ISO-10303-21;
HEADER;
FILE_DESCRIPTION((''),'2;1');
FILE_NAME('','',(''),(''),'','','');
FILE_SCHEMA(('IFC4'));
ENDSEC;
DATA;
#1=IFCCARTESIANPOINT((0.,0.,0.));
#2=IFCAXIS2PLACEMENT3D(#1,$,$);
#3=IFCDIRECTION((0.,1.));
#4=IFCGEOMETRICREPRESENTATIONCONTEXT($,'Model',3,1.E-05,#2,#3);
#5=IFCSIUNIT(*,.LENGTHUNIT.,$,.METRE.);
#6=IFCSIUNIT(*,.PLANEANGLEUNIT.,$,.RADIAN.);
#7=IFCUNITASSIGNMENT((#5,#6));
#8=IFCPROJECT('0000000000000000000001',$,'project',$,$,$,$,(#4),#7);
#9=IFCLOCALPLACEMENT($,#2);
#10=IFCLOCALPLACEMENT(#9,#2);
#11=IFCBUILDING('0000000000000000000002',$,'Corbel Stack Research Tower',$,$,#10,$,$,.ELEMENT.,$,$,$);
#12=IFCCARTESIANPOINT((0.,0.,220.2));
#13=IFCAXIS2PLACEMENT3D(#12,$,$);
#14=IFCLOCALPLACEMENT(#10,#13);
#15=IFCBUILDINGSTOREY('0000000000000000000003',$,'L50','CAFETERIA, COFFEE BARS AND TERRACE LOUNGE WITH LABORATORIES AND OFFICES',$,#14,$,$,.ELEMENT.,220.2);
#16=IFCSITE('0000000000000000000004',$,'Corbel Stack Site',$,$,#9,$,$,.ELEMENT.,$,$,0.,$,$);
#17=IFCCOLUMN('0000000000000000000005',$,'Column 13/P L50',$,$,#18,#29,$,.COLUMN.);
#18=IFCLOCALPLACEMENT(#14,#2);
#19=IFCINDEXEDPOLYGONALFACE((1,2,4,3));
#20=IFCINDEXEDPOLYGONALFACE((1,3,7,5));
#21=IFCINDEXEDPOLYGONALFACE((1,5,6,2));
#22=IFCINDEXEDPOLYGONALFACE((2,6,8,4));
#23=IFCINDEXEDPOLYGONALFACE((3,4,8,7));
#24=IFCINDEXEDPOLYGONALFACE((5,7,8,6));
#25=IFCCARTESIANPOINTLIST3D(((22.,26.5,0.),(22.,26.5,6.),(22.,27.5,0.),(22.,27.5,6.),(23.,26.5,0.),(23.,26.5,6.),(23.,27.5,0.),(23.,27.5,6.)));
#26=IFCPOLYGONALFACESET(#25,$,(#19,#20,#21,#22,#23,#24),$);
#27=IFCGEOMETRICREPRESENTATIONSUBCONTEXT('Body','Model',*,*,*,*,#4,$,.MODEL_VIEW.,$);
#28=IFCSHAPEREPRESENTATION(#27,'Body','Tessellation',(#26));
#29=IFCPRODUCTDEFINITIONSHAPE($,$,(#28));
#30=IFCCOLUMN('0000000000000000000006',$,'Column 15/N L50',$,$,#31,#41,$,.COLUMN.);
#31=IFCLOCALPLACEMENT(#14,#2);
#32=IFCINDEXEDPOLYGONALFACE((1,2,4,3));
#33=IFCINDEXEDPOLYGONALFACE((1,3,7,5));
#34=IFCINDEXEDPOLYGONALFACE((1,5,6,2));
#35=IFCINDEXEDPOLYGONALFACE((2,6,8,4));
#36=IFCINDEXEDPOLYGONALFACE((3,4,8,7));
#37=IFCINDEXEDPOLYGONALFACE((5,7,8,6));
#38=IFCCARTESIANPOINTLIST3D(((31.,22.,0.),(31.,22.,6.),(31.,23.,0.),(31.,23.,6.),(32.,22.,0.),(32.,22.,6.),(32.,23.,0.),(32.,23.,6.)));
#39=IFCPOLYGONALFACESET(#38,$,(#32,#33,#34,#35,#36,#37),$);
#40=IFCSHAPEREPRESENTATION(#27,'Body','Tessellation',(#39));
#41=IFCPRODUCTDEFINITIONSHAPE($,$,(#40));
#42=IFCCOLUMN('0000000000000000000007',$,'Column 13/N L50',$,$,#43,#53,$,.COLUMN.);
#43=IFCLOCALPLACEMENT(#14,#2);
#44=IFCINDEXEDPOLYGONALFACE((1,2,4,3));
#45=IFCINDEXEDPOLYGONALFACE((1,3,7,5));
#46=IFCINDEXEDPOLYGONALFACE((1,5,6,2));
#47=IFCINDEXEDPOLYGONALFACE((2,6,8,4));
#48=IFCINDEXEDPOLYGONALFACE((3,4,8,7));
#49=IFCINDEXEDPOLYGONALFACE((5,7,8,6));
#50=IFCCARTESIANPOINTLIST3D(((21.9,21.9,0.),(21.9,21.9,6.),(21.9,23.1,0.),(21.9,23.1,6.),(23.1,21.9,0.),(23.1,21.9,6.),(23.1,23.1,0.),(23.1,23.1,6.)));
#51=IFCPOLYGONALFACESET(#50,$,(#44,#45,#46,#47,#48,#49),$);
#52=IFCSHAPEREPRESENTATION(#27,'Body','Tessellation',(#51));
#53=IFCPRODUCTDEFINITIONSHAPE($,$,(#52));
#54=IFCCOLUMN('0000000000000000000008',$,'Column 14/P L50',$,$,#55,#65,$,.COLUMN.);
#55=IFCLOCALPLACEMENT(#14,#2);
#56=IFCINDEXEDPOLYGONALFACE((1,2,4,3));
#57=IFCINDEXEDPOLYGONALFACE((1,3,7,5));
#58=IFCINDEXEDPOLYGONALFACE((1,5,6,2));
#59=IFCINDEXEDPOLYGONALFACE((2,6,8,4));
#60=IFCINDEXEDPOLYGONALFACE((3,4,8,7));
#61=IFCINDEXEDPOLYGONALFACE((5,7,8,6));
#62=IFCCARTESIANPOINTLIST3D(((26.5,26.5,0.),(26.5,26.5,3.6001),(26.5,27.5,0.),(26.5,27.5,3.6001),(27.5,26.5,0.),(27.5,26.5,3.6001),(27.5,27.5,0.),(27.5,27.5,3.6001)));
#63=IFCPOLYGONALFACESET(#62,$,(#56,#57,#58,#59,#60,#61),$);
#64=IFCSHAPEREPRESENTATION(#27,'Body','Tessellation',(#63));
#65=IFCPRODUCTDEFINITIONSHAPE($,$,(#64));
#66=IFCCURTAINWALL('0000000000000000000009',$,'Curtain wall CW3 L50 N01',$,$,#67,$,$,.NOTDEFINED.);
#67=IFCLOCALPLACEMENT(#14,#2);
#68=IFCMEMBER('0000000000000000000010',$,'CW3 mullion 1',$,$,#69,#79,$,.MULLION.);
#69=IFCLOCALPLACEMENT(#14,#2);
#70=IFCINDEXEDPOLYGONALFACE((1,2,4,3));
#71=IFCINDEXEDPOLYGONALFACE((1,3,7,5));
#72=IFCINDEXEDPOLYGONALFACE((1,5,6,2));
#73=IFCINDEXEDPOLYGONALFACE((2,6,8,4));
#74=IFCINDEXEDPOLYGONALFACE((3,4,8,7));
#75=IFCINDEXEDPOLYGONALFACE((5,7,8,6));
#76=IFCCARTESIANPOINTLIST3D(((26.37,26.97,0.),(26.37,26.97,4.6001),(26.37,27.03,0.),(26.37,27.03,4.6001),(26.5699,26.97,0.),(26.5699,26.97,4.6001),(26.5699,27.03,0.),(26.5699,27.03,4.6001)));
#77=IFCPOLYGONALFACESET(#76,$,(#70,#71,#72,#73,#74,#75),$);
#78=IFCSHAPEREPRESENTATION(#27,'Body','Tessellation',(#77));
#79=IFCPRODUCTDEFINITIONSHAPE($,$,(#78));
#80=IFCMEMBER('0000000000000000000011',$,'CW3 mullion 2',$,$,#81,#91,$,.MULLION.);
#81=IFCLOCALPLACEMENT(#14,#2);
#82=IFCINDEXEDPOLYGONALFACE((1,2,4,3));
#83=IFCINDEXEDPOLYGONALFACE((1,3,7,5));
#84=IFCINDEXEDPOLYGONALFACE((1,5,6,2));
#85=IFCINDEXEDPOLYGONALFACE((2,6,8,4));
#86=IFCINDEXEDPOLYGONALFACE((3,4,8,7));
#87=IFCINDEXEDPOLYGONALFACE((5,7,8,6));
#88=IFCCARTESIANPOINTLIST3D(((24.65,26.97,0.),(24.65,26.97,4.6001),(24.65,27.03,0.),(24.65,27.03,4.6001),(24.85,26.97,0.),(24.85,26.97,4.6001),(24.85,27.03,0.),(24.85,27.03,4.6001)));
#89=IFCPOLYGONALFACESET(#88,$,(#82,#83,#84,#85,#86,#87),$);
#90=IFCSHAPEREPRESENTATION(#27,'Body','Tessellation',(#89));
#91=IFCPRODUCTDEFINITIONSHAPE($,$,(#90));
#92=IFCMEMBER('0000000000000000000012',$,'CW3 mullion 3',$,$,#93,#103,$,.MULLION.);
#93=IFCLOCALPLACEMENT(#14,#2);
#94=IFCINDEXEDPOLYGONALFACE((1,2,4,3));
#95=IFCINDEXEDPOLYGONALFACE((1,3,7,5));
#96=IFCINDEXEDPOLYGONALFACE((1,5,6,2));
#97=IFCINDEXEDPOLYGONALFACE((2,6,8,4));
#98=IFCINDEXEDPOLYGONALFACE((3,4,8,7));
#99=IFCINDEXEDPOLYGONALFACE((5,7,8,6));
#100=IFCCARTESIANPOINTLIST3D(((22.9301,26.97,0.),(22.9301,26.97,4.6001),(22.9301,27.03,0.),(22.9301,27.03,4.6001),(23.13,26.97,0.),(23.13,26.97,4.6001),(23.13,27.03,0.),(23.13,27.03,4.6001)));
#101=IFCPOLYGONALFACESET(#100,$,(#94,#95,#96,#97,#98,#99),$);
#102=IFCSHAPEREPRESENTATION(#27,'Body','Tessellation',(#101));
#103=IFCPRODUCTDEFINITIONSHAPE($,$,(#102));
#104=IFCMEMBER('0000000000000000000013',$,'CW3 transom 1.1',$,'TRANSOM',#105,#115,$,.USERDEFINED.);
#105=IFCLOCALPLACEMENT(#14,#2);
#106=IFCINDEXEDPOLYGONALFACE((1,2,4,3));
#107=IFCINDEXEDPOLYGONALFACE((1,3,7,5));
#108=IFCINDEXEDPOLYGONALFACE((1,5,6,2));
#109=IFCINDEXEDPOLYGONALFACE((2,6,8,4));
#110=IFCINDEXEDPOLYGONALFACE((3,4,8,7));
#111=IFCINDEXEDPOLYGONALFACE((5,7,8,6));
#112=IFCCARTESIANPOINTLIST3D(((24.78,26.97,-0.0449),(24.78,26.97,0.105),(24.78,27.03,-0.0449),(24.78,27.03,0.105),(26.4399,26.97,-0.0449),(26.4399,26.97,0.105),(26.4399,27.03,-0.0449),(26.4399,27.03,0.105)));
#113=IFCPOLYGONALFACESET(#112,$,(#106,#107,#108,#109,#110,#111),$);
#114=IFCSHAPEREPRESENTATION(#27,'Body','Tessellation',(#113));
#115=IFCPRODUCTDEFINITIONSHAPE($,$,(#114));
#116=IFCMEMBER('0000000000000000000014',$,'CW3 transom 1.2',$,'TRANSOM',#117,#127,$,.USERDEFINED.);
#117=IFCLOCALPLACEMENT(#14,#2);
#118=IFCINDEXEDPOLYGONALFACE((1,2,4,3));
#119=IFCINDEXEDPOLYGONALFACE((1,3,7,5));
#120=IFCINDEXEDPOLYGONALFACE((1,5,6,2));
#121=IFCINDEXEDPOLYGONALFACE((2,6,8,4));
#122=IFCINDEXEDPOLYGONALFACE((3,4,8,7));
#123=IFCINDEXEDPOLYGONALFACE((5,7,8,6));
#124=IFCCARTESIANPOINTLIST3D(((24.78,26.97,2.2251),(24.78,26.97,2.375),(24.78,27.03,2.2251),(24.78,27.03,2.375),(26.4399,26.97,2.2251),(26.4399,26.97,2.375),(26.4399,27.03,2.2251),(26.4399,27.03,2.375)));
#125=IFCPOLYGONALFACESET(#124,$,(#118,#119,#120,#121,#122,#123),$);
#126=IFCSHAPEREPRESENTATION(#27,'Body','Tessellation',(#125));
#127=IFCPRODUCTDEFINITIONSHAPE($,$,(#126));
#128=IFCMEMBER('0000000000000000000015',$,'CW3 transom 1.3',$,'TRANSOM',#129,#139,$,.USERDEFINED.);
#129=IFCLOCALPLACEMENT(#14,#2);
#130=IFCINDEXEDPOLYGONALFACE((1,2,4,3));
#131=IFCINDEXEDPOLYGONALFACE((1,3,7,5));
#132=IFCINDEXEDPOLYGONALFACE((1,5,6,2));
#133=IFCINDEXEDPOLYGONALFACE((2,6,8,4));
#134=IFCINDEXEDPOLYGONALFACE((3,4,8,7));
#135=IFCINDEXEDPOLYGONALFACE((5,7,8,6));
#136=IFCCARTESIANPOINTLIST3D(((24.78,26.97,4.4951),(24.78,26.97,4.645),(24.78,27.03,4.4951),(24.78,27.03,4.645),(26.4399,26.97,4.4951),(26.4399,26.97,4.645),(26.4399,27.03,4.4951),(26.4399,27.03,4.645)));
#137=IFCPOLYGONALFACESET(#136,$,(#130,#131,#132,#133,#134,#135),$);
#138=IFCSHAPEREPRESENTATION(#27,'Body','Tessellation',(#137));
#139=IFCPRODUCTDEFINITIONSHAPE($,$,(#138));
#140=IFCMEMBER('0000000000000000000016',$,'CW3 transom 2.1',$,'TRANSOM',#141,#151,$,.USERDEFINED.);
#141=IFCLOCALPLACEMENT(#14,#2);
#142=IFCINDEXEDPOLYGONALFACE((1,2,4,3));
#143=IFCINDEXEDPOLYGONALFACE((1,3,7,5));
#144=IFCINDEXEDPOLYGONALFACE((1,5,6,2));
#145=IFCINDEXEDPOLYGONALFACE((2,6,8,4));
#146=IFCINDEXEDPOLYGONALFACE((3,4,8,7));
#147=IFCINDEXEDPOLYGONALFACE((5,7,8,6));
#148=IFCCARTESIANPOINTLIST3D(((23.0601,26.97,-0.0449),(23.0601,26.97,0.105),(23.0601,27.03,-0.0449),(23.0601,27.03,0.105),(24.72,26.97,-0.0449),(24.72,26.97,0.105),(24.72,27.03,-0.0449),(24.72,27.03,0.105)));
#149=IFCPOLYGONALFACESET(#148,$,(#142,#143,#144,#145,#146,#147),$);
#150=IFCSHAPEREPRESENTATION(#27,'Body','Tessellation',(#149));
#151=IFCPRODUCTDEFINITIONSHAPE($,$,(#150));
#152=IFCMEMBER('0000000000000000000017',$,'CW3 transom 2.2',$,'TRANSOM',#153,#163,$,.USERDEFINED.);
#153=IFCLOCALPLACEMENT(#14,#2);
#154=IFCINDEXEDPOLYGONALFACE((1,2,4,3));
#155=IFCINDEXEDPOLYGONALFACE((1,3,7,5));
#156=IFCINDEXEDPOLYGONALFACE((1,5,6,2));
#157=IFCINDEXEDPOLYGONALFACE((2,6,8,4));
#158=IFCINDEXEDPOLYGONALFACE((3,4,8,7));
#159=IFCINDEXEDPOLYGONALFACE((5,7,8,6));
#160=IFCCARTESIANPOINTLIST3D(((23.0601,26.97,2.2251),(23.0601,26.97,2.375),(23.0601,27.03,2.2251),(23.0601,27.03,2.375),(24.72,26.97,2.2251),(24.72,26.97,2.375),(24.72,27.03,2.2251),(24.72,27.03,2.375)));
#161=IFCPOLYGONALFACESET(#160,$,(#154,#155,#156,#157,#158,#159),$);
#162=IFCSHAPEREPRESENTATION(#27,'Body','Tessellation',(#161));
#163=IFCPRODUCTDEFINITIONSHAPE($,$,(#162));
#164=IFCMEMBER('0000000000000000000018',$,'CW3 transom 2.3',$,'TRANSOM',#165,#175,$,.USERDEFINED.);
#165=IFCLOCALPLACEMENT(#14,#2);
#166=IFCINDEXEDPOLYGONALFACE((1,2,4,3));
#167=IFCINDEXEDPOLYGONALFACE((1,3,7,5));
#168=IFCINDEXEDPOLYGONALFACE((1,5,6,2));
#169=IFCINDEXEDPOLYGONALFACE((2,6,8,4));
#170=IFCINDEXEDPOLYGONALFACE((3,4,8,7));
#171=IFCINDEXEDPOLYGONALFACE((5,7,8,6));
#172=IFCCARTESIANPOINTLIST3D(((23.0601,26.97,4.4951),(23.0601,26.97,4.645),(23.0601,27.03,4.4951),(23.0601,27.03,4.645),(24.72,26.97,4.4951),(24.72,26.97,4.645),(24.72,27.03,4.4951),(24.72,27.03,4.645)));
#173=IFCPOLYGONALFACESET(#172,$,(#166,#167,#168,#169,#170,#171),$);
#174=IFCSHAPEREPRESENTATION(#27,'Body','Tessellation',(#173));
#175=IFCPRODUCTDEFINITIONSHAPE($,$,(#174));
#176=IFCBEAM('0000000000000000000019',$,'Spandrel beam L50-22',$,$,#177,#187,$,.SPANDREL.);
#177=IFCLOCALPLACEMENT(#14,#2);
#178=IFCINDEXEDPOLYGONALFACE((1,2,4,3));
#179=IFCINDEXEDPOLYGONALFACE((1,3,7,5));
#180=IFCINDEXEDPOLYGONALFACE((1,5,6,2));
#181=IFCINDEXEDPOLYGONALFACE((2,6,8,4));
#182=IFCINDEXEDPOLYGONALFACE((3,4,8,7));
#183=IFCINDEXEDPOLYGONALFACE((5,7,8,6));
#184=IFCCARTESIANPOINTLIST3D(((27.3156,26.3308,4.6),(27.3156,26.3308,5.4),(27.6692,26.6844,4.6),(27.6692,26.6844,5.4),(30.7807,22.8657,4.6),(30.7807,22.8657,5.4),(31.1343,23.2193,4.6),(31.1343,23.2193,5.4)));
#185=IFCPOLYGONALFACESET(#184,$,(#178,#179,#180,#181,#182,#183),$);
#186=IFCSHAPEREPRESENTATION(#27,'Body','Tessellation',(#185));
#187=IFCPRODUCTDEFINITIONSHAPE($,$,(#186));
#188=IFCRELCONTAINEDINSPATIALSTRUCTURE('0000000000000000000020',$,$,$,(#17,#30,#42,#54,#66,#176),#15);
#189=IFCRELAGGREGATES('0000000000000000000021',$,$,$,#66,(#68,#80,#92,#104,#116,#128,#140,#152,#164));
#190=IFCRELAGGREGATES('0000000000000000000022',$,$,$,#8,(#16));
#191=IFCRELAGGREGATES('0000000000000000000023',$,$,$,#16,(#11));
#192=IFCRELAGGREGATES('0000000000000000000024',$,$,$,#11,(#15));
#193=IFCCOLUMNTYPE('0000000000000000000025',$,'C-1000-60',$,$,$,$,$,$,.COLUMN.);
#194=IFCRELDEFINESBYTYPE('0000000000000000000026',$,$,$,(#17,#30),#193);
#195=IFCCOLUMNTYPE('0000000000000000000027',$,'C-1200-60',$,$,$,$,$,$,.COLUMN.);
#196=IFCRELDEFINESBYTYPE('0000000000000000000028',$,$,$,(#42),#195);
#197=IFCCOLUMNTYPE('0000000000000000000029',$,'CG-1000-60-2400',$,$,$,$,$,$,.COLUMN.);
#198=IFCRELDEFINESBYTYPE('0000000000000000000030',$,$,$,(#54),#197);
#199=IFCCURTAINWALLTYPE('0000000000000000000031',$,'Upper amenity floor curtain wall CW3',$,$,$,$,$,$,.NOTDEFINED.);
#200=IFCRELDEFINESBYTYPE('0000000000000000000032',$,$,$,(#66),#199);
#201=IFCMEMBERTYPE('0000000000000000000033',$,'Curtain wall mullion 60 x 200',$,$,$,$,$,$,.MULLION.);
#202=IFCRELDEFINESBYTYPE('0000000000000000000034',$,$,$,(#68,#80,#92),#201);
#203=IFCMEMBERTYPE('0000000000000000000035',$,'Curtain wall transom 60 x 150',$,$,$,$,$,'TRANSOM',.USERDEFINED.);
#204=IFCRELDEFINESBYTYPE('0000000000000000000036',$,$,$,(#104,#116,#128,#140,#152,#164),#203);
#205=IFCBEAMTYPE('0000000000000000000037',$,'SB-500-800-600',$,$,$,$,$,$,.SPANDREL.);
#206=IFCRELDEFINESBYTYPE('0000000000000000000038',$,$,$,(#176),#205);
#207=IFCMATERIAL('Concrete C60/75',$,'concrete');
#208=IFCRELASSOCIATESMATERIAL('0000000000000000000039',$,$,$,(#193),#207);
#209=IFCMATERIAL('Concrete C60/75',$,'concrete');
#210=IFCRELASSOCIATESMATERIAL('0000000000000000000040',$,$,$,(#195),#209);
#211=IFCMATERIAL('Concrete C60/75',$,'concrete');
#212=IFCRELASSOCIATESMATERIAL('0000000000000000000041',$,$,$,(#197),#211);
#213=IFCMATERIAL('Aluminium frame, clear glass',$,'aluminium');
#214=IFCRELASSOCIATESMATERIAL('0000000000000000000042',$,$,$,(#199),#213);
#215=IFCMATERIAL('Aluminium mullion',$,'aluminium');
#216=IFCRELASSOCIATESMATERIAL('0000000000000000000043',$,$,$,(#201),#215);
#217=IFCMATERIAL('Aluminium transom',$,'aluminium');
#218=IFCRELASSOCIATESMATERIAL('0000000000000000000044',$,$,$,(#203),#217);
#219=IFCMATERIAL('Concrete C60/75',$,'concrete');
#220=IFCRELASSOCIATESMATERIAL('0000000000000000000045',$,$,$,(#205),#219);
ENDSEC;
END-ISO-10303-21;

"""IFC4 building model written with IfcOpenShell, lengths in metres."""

from ifc_helpers import new_model, si_unit, direction, frame, origin, origin_2d, place, context, subcontext, project, spatial, rectangle, extrude, material, material_profile, profile_set, type_object, element, aggregate, save


model = new_model("IFC4")

# Units and contexts
model_context = context("Model", 3, precision=1e-05, world=origin(), true_north=direction((0.0, 1.0)))
body_context = subcontext(model_context, "Body", "Model", "MODEL_VIEW")
ifc_project = project(units=[si_unit("LENGTHUNIT", "METRE"), si_unit("PLANEANGLEUNIT", "RADIAN")], contexts=[model_context])

# Site, building, storey
site_placement = place(None, origin())
site = spatial("IfcSite", under=ifc_project, at=site_placement, Name="Corbel Stack Site", CompositionType="ELEMENT", RefElevation=0.0)
building_placement = place(site_placement, origin())
building = spatial("IfcBuilding", under=site, at=building_placement, Name="Corbel Stack Research Tower", CompositionType="ELEMENT")
storey_placement = place(building_placement, frame((0.0, 0.0, 220.2)))
storey = spatial("IfcBuildingStorey", under=building, at=storey_placement, Name="L50", Description="CAFETERIA, COFFEE BARS AND TERRACE LOUNGE WITH LABORATORIES AND OFFICES", CompositionType="ELEMENT", Elevation=220.2)

# Columns
ifc_material_1 = material(Name="Concrete C60/75", Category="concrete")
ifc_material_profile_1 = material_profile(ifc_material_1, rectangle(XDim=1.0, YDim=1.0, at=origin_2d()), Name="RC 1000 x 1000")
ifc_profile_set_1 = profile_set([ifc_material_profile_1], Name="Concrete C60/75")
column_type_1 = type_object("IfcColumnType", Name="C-1000-60", PredefinedType="COLUMN", material=ifc_profile_set_1)
for number, where, z_axis, x_axis, name in (
    (1, (22.5, 27.0, 0.0), (0.0, 0.0, 1.0), (1.0, 0.0, 0.0), "Column 13/P L50"),
    (2, (31.5, 22.5, 0.0), (0.0, 0.0, 1.0), (1.0, 0.0, 0.0), "Column 15/N L50"),
):
    element("IfcColumn", number, at=place(storey_placement, frame(where, z_axis=z_axis, x_axis=x_axis)), inside=storey, type_object=column_type_1, Name=name, PredefinedType="COLUMN", context=body_context, shape_type="SweptSolid", body=[
        extrude(rectangle(XDim=1.0, YDim=1.0, at=origin_2d()), origin(), (0.0, 0.0, 1.0), 6.0),
    ])
ifc_material_2 = material(Name="Concrete C60/75", Category="concrete")
ifc_material_profile_2 = material_profile(ifc_material_2, rectangle(XDim=1.2, YDim=1.2, at=origin_2d()), Name="RC 1200 x 1200")
ifc_profile_set_2 = profile_set([ifc_material_profile_2], Name="Concrete C60/75")
column_type_2 = type_object("IfcColumnType", Name="C-1200-60", PredefinedType="COLUMN", material=ifc_profile_set_2)
column_1_placement = place(storey_placement, frame((22.5, 22.5, 0.0), z_axis=(0.0, 0.0, 1.0), x_axis=(1.0, 0.0, 0.0)))
element("IfcColumn", 3, at=column_1_placement, inside=storey, type_object=column_type_2, Name="Column 13/N L50", PredefinedType="COLUMN", context=body_context, shape_type="SweptSolid", body=[
    extrude(rectangle(XDim=1.2, YDim=1.2, at=origin_2d()), origin(), (0.0, 0.0, 1.0), 6.0),
])
ifc_material_3 = material(Name="Concrete C60/75", Category="concrete")
ifc_material_profile_3 = material_profile(ifc_material_3, rectangle(XDim=1.0, YDim=1.0, at=origin_2d()), Name="RC 1000 x 1000")
ifc_profile_set_3 = profile_set([ifc_material_profile_3], Name="Concrete C60/75")
column_type_3 = type_object("IfcColumnType", Name="CG-1000-60-2400", PredefinedType="COLUMN", material=ifc_profile_set_3)
column_2_placement = place(storey_placement, frame((27.0, 27.0, 0.0), z_axis=(0.0, 0.0, 1.0), x_axis=(1.0, 0.0, 0.0)))
element("IfcColumn", 4, at=column_2_placement, inside=storey, type_object=column_type_3, Name="Column 14/P L50", PredefinedType="COLUMN", context=body_context, shape_type="SweptSolid", body=[
    extrude(rectangle(XDim=1.0, YDim=1.0, at=origin_2d()), origin(), (0.0, 0.0, 1.0), 3.6001),
])

# Curtain wall, members
ifc_material_4 = material(Name="Aluminium frame, clear glass", Category="aluminium")
curtain_wall_type = type_object("IfcCurtainWallType", Name="Upper amenity floor curtain wall CW3", PredefinedType="NOTDEFINED", material=ifc_material_4)
curtain_wall_placement = place(storey_placement, origin())
curtain_wall = element("IfcCurtainWall", 5, at=curtain_wall_placement, inside=storey, type_object=curtain_wall_type, Name="Curtain wall CW3 L50 N01", PredefinedType="NOTDEFINED")
ifc_material_5 = material(Name="Aluminium mullion", Category="aluminium")
ifc_material_profile_4 = material_profile(ifc_material_5, rectangle(XDim=0.0601, YDim=0.2, at=origin_2d()), Name="Mullion 60 x 200")
ifc_profile_set_4 = profile_set([ifc_material_profile_4], Name="Aluminium mullion")
member_type_1 = type_object("IfcMemberType", Name="Curtain wall mullion 60 x 200", PredefinedType="MULLION", material=ifc_profile_set_4)
member_1_placement = place(storey_placement, frame((26.47, 27.0, 0.0), z_axis=(0.0, 0.0, 1.0), x_axis=(0.0, -1.0, 0.0)))
member_1 = element("IfcMember", 6, at=member_1_placement, type_object=member_type_1, Name="CW3 mullion 1", PredefinedType="MULLION", context=body_context, shape_type="SweptSolid", body=[
    extrude(rectangle(XDim=0.0601, YDim=0.2, at=origin_2d()), origin(), (0.0, 0.0, 1.0), 4.6001),
])
member_2_placement = place(storey_placement, frame((24.75, 27.0, 0.0), z_axis=(0.0, 0.0, 1.0), x_axis=(0.0, -1.0, 0.0)))
member_2 = element("IfcMember", 7, at=member_2_placement, type_object=member_type_1, Name="CW3 mullion 2", PredefinedType="MULLION", context=body_context, shape_type="SweptSolid", body=[
    extrude(rectangle(XDim=0.0601, YDim=0.2, at=origin_2d()), origin(), (0.0, 0.0, 1.0), 4.6001),
])
member_3_placement = place(storey_placement, frame((23.03, 27.0, 0.0), z_axis=(0.0, 0.0, 1.0), x_axis=(0.0, -1.0, 0.0)))
member_3 = element("IfcMember", 8, at=member_3_placement, type_object=member_type_1, Name="CW3 mullion 3", PredefinedType="MULLION", context=body_context, shape_type="SweptSolid", body=[
    extrude(rectangle(XDim=0.0601, YDim=0.2, at=origin_2d()), origin(), (0.0, 0.0, 1.0), 4.6001),
])
ifc_material_6 = material(Name="Aluminium transom", Category="aluminium")
ifc_material_profile_5 = material_profile(ifc_material_6, rectangle(XDim=0.0601, YDim=0.1499, at=origin_2d()), Name="Transom 60 x 150")
ifc_profile_set_5 = profile_set([ifc_material_profile_5], Name="Aluminium transom")
member_type_2 = type_object("IfcMemberType", Name="Curtain wall transom 60 x 150", ElementType="TRANSOM", PredefinedType="USERDEFINED", material=ifc_profile_set_5)
member_4_placement = place(storey_placement, frame((26.4399, 27.0, 0.03), z_axis=(-1.0, 0.0, 0.0), x_axis=(0.0, -1.0, 0.0)))
member_4 = element("IfcMember", 9, at=member_4_placement, type_object=member_type_2, Name="CW3 transom 1.1", ObjectType="TRANSOM", PredefinedType="USERDEFINED", context=body_context, shape_type="SweptSolid", body=[
    extrude(rectangle(XDim=0.0601, YDim=0.1499, at=origin_2d()), origin(), (0.0, 0.0, 1.0), 1.6599),
])
member_5_placement = place(storey_placement, frame((26.4399, 27.0, 2.3), z_axis=(-1.0, 0.0, 0.0), x_axis=(0.0, -1.0, 0.0)))
member_5 = element("IfcMember", 10, at=member_5_placement, type_object=member_type_2, Name="CW3 transom 1.2", ObjectType="TRANSOM", PredefinedType="USERDEFINED", context=body_context, shape_type="SweptSolid", body=[
    extrude(rectangle(XDim=0.0601, YDim=0.1499, at=origin_2d()), origin(), (0.0, 0.0, 1.0), 1.6599),
])
member_6_placement = place(storey_placement, frame((26.4399, 27.0, 4.5701), z_axis=(-1.0, 0.0, 0.0), x_axis=(0.0, -1.0, 0.0)))
member_6 = element("IfcMember", 11, at=member_6_placement, type_object=member_type_2, Name="CW3 transom 1.3", ObjectType="TRANSOM", PredefinedType="USERDEFINED", context=body_context, shape_type="SweptSolid", body=[
    extrude(rectangle(XDim=0.0601, YDim=0.1499, at=origin_2d()), origin(), (0.0, 0.0, 1.0), 1.6599),
])
member_7_placement = place(storey_placement, frame((24.72, 27.0, 0.03), z_axis=(-1.0, 0.0, 0.0), x_axis=(0.0, -1.0, 0.0)))
member_7 = element("IfcMember", 12, at=member_7_placement, type_object=member_type_2, Name="CW3 transom 2.1", ObjectType="TRANSOM", PredefinedType="USERDEFINED", context=body_context, shape_type="SweptSolid", body=[
    extrude(rectangle(XDim=0.0601, YDim=0.1499, at=origin_2d()), origin(), (0.0, 0.0, 1.0), 1.6599),
])
member_8_placement = place(storey_placement, frame((24.72, 27.0, 2.3), z_axis=(-1.0, 0.0, 0.0), x_axis=(0.0, -1.0, 0.0)))
member_8 = element("IfcMember", 13, at=member_8_placement, type_object=member_type_2, Name="CW3 transom 2.2", ObjectType="TRANSOM", PredefinedType="USERDEFINED", context=body_context, shape_type="SweptSolid", body=[
    extrude(rectangle(XDim=0.0601, YDim=0.1499, at=origin_2d()), origin(), (0.0, 0.0, 1.0), 1.6599),
])
member_9_placement = place(storey_placement, frame((24.72, 27.0, 4.5701), z_axis=(-1.0, 0.0, 0.0), x_axis=(0.0, -1.0, 0.0)))
member_9 = element("IfcMember", 14, at=member_9_placement, type_object=member_type_2, Name="CW3 transom 2.3", ObjectType="TRANSOM", PredefinedType="USERDEFINED", context=body_context, shape_type="SweptSolid", body=[
    extrude(rectangle(XDim=0.0601, YDim=0.1499, at=origin_2d()), origin(), (0.0, 0.0, 1.0), 1.6599),
])

# Beam
ifc_material_7 = material(Name="Concrete C60/75", Category="concrete")
ifc_material_profile_6 = material_profile(ifc_material_7, rectangle(XDim=0.5, YDim=0.8, at=origin_2d()), Name="RC 500 x 800")
ifc_profile_set_6 = profile_set([ifc_material_profile_6], Name="Concrete C60/75")
beam_type = type_object("IfcBeamType", Name="SB-500-800-600", PredefinedType="SPANDREL", material=ifc_profile_set_6)
beam_1_placement = place(storey_placement, frame((30.9575, 23.0425, 5.0), z_axis=(-0.707107, 0.707107, 0.0), x_axis=(-0.707107, -0.707107, 0.0)))
element("IfcBeam", 15, at=beam_1_placement, inside=storey, type_object=beam_type, Name="Spandrel beam L50-22", PredefinedType="SPANDREL", context=body_context, shape_type="SweptSolid", body=[
    extrude(rectangle(XDim=0.5, YDim=0.8, at=origin_2d()), origin(), (0.0, 0.0, 1.0), 4.9004),
])

aggregate(curtain_wall, [member_1, member_2, member_3, member_4, member_5, member_6, member_7, member_8, member_9])

save(model, "model.ifc")
